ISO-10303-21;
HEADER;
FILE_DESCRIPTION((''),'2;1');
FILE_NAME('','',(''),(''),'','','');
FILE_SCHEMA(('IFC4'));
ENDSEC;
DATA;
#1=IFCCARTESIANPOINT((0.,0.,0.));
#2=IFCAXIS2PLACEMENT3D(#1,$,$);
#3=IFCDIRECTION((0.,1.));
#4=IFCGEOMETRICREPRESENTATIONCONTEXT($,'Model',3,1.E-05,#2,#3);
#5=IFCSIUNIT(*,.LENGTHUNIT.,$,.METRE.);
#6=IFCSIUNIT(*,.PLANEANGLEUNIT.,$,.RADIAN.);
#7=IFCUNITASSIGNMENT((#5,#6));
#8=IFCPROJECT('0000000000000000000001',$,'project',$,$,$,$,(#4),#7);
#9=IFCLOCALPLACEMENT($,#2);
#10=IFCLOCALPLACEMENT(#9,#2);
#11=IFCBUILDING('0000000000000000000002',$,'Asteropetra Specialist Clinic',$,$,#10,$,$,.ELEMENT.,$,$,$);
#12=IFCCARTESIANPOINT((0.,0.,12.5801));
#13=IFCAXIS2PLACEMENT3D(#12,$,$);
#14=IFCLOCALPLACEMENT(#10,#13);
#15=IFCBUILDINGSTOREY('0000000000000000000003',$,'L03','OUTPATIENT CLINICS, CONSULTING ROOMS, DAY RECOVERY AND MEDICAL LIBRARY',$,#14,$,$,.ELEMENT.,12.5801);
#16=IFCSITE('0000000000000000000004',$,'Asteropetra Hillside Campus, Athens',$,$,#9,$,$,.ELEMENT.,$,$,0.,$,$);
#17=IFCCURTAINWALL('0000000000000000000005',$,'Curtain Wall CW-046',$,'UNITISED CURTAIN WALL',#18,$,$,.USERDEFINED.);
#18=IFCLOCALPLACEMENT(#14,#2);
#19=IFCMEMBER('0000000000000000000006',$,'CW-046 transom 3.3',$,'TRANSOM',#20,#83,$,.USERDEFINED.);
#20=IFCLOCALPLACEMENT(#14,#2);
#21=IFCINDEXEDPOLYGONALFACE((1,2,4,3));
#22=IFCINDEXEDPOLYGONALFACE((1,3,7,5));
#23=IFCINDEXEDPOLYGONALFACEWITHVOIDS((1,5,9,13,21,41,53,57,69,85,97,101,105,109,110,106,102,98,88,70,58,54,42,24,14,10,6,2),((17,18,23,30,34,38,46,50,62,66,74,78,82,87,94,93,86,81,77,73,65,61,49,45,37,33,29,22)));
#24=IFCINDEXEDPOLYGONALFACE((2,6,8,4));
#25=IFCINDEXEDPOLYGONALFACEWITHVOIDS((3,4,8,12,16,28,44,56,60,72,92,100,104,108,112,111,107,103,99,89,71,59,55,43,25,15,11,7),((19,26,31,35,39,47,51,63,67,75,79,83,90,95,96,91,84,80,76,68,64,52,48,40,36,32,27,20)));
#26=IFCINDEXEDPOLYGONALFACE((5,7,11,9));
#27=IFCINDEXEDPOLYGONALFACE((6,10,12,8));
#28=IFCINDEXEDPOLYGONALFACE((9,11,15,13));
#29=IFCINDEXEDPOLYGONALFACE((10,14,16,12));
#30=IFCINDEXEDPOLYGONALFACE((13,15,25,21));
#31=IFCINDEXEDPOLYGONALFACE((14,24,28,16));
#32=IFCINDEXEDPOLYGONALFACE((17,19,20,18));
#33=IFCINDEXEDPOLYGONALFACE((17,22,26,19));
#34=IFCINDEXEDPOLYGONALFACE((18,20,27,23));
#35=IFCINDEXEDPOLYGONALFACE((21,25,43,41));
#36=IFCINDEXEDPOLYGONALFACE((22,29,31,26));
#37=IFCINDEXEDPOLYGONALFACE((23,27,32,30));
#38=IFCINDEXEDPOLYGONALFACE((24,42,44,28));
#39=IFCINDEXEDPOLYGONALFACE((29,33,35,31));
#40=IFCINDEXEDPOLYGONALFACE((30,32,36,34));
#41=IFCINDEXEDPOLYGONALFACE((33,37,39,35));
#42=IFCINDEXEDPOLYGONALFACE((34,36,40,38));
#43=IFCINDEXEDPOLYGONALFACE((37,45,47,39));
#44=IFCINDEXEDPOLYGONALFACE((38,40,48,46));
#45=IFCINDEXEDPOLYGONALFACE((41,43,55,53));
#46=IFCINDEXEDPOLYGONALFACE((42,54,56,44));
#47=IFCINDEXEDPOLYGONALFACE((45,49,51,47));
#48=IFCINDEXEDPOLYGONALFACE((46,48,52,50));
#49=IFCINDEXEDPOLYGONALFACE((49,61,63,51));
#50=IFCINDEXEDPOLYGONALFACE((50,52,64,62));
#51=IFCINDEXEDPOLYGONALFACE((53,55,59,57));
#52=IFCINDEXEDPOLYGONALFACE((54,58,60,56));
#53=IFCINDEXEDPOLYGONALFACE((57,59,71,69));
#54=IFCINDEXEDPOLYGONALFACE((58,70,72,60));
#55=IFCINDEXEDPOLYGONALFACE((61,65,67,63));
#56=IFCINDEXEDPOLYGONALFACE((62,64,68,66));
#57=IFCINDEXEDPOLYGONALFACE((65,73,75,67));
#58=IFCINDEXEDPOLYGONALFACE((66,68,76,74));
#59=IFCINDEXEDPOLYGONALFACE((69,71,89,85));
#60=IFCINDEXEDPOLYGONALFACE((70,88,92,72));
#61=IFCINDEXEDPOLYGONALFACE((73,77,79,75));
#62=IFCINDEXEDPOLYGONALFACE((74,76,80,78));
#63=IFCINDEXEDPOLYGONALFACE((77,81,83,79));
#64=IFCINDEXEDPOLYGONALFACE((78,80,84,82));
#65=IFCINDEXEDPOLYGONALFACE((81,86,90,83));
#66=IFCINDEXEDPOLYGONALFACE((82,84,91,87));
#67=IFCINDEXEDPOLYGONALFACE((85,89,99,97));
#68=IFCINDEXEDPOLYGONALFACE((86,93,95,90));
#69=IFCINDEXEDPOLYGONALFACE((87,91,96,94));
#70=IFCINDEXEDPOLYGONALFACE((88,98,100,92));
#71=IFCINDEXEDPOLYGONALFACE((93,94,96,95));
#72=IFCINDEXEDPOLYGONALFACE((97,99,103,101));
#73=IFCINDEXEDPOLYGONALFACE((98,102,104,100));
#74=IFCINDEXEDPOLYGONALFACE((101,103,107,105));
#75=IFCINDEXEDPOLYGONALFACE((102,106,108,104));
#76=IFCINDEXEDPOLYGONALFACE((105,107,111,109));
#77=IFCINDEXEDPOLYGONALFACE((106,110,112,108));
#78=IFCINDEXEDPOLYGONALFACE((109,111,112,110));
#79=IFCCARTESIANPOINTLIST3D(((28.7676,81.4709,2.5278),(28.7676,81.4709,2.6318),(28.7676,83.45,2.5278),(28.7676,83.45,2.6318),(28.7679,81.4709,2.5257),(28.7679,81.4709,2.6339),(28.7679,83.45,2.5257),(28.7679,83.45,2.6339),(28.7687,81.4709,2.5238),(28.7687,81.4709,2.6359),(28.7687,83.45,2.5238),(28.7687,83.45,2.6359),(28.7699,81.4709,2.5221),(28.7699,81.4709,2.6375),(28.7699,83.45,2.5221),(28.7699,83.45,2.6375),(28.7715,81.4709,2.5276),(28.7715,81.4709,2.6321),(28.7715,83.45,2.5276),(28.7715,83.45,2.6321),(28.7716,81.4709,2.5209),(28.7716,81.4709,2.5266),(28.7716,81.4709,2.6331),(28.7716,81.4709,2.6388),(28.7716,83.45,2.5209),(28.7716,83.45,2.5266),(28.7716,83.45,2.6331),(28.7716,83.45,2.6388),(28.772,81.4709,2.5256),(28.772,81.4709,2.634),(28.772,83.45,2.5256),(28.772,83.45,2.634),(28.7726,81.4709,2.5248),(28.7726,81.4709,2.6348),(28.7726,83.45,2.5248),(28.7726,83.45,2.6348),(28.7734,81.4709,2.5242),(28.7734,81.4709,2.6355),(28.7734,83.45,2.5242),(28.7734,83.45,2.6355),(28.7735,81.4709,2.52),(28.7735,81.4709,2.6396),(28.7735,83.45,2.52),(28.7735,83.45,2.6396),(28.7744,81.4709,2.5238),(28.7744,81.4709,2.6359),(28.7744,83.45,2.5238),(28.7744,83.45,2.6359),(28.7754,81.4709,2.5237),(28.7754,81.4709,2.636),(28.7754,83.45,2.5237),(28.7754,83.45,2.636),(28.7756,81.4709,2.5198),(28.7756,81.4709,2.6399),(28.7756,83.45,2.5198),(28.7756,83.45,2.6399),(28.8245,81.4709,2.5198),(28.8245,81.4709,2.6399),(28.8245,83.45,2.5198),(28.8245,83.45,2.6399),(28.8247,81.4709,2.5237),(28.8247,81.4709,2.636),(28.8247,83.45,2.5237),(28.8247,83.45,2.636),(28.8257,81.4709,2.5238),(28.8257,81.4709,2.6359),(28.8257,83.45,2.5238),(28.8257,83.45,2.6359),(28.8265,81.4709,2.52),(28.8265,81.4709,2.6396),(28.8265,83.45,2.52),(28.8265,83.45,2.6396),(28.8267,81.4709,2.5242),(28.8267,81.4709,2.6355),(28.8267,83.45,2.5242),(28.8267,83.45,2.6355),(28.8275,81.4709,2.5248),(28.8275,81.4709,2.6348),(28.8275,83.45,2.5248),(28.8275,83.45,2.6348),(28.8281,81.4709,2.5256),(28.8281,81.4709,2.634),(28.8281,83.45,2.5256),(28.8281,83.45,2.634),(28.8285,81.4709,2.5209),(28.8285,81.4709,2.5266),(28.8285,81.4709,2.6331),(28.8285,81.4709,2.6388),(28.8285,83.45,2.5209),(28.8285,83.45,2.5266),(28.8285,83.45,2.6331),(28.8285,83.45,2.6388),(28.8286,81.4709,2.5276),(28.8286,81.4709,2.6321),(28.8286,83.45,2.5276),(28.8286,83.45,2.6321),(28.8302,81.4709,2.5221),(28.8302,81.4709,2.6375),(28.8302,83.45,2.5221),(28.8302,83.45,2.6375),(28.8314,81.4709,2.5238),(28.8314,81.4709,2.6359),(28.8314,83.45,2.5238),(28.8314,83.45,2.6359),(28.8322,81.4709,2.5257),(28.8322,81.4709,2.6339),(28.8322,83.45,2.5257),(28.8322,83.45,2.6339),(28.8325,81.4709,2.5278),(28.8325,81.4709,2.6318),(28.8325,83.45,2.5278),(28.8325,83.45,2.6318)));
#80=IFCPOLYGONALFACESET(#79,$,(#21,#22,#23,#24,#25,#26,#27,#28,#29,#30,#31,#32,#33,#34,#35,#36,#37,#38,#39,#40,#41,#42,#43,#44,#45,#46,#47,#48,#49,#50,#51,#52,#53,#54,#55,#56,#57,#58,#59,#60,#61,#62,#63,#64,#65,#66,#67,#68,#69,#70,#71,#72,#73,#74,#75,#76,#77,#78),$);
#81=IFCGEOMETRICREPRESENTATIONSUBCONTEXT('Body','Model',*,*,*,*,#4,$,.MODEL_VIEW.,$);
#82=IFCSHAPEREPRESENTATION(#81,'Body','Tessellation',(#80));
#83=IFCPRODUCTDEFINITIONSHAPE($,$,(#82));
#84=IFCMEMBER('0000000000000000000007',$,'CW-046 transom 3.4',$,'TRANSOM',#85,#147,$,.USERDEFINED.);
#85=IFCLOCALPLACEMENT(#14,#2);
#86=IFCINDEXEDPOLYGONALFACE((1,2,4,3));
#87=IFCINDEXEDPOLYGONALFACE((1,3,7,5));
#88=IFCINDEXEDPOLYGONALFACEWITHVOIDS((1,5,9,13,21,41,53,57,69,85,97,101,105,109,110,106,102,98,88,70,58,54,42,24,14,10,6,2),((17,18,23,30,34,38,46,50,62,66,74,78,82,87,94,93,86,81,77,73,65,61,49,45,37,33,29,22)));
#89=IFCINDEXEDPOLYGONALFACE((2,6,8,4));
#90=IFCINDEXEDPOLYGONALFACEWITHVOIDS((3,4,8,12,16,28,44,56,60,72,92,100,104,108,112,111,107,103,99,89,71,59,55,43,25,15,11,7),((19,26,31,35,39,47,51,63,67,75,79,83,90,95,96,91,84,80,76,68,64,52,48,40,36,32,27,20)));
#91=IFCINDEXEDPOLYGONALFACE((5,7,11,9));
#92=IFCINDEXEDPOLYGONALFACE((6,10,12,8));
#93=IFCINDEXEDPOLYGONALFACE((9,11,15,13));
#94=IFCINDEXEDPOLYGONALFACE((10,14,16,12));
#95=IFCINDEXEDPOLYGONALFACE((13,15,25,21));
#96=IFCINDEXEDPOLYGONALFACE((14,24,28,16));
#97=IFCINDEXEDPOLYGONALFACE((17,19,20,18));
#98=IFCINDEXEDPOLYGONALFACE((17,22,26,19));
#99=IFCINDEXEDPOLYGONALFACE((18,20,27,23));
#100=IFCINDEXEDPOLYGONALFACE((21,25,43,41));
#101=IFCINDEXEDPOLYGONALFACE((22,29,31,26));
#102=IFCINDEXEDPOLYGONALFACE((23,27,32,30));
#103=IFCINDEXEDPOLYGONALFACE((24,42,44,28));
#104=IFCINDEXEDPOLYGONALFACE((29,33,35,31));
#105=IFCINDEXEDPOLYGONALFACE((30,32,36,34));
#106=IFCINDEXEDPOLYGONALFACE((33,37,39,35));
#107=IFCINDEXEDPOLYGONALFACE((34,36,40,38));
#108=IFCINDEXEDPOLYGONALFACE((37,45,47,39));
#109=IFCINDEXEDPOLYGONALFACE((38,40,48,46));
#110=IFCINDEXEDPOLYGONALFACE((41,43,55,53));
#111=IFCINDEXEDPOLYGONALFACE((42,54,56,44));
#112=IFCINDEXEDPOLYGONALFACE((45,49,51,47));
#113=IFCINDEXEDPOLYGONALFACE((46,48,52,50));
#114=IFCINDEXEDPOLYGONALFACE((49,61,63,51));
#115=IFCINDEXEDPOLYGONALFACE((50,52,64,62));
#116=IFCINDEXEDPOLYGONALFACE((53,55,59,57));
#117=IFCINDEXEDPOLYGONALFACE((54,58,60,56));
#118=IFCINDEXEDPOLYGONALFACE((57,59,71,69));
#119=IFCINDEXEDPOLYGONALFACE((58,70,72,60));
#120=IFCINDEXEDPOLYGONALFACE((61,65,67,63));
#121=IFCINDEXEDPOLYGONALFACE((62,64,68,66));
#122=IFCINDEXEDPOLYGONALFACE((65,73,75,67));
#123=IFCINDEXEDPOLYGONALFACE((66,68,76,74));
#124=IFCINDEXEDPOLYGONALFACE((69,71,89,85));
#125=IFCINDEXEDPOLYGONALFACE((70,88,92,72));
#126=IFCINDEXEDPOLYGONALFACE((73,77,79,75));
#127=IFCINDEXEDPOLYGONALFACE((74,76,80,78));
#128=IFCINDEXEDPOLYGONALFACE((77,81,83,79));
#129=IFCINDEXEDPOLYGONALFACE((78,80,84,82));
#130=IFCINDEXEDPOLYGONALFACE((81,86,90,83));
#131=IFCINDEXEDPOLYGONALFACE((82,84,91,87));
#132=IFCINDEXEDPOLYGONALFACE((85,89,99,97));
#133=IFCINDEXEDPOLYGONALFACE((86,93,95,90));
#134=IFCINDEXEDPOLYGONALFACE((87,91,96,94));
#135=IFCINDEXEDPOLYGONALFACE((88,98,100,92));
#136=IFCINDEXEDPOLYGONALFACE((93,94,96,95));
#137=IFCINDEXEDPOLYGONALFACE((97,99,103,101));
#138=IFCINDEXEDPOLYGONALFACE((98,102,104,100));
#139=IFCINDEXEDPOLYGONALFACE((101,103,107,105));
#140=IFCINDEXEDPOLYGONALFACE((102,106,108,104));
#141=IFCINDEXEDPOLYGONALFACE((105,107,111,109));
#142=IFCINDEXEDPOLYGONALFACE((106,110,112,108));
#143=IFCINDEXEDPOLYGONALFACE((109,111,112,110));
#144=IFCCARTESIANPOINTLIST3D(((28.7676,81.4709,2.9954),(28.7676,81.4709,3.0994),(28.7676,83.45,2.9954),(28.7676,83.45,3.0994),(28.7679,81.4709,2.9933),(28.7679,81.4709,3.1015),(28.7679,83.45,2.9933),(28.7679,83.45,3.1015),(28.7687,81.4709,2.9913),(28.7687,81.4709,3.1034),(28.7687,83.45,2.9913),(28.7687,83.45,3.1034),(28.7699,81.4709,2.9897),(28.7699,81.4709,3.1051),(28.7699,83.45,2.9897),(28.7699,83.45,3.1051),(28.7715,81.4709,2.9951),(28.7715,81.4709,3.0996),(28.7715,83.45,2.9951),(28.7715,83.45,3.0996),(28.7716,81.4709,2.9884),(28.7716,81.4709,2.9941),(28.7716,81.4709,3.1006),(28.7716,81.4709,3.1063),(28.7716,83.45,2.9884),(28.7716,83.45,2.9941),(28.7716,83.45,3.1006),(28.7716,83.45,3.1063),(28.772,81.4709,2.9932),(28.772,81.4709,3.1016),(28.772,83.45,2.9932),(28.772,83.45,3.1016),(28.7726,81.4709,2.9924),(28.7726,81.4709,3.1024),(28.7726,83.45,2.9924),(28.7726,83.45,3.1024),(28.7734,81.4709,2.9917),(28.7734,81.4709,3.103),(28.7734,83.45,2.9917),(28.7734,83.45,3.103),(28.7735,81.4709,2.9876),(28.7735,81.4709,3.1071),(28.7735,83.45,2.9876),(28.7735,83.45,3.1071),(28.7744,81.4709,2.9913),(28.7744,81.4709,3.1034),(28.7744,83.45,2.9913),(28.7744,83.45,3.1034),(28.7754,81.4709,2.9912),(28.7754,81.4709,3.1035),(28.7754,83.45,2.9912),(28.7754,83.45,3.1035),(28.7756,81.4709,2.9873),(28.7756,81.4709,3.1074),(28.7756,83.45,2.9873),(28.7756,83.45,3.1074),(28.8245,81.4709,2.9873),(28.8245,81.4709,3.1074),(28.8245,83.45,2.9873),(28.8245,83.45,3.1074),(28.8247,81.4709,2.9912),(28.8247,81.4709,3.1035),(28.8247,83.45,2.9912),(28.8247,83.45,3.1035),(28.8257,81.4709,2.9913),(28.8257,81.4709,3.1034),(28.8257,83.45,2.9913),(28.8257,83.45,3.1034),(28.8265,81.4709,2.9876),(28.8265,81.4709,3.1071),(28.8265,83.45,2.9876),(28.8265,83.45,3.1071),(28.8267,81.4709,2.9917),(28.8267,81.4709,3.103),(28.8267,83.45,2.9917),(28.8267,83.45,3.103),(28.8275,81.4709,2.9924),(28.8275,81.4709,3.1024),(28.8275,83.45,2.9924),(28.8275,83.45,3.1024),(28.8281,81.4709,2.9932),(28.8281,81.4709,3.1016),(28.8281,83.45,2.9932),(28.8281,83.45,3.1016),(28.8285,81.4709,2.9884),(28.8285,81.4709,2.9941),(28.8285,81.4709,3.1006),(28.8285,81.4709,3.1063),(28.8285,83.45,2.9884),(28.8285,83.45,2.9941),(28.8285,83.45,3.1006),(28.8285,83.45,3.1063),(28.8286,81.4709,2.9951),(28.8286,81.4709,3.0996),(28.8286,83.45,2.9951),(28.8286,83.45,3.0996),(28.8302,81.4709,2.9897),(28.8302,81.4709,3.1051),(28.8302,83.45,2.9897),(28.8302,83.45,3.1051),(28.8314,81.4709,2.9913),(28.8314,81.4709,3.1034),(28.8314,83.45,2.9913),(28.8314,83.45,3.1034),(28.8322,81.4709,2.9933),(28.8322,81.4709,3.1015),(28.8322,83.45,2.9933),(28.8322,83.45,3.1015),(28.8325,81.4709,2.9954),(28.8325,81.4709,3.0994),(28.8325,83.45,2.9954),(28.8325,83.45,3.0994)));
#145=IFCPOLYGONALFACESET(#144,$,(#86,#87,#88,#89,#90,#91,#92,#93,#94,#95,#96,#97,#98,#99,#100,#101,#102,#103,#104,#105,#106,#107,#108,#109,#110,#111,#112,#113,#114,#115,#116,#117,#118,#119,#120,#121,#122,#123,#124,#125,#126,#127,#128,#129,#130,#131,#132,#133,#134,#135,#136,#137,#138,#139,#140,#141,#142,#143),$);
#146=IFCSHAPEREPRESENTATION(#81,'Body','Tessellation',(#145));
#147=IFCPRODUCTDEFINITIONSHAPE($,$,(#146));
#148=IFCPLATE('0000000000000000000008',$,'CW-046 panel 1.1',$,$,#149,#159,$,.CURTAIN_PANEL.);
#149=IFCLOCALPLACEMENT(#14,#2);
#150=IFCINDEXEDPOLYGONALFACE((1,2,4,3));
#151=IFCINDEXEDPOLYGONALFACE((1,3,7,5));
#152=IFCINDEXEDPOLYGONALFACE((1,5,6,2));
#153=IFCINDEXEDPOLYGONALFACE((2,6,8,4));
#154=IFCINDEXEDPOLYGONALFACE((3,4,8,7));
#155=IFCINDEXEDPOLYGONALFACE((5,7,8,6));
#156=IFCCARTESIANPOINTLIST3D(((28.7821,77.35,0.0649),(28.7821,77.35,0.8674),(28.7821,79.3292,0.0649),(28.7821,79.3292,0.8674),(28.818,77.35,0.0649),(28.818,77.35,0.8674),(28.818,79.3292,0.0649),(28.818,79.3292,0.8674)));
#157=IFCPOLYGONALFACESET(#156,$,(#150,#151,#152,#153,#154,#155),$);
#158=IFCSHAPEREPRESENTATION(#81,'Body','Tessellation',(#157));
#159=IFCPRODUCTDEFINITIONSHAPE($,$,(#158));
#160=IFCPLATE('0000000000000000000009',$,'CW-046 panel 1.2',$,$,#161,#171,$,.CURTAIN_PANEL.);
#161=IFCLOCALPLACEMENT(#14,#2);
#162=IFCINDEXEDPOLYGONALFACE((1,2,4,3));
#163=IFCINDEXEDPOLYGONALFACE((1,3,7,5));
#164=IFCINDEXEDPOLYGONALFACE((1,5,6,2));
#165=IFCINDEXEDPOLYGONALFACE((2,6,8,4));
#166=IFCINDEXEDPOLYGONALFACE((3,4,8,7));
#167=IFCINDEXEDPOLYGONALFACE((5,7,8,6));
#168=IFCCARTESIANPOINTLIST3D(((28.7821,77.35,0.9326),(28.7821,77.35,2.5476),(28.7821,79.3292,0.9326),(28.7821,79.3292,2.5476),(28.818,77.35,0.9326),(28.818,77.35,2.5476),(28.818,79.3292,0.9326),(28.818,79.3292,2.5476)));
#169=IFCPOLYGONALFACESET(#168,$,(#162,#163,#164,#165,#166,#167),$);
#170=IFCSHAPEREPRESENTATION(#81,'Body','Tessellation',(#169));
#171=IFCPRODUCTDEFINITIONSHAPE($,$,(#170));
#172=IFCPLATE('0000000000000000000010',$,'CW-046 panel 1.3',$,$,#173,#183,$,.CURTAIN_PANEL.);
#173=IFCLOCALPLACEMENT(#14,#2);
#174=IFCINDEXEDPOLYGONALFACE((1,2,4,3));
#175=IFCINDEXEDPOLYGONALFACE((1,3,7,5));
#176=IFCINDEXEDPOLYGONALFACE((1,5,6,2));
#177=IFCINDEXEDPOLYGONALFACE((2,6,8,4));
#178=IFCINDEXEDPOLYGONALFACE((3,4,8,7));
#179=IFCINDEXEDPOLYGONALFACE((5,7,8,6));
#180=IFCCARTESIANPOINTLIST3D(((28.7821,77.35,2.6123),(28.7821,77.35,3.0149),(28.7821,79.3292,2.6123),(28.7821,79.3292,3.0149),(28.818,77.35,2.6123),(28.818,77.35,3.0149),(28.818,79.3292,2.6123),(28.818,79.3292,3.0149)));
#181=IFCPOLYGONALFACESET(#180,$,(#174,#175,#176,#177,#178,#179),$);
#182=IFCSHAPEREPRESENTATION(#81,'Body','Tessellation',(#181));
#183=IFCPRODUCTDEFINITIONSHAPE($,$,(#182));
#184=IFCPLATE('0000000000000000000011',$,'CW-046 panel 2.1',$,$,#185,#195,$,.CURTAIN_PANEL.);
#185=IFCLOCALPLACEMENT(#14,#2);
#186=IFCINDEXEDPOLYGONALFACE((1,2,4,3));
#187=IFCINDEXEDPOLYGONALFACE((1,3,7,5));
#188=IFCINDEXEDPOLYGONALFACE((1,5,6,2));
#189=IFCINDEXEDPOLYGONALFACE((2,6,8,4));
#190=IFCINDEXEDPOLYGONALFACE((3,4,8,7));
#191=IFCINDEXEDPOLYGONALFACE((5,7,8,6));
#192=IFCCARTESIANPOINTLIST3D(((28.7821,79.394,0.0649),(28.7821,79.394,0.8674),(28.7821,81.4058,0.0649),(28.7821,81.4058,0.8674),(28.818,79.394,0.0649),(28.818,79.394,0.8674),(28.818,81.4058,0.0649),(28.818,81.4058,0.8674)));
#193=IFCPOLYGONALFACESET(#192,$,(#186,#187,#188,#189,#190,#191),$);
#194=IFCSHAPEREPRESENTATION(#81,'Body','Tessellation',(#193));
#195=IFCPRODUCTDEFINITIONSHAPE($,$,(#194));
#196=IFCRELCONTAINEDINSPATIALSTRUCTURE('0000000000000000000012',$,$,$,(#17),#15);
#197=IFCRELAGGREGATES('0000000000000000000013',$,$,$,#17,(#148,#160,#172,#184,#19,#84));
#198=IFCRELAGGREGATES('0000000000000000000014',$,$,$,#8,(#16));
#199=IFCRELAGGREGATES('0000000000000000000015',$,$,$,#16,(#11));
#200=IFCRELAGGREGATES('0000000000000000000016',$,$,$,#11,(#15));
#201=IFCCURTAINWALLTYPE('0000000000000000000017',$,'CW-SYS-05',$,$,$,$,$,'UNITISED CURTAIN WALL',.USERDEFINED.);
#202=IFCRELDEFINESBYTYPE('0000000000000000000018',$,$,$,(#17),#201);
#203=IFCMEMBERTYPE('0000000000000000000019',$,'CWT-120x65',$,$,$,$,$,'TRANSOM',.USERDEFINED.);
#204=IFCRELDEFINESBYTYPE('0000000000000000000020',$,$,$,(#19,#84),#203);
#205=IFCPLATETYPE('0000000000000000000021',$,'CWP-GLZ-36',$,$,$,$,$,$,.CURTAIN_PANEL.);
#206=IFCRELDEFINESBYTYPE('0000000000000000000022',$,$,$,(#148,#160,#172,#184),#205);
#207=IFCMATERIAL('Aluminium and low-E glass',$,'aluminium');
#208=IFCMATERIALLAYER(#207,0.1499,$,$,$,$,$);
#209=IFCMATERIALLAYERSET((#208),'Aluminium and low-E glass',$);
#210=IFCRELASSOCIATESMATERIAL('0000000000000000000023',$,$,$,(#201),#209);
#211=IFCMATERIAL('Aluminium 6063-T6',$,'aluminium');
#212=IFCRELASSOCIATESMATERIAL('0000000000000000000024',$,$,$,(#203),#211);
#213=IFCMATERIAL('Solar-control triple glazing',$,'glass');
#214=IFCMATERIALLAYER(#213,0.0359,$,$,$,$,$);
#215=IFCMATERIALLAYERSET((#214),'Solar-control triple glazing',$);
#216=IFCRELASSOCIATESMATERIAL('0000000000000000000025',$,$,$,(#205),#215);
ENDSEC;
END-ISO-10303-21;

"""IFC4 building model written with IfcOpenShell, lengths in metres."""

from ifc_helpers import new_model, si_unit, direction, frame, origin, origin_2d, place, context, subcontext, project, spatial, rectangle, hollow_rectangle, extrude, material, layer, layer_set, material_profile, profile_set, type_object, element, aggregate, save


model = new_model("IFC4")

# Units and contexts
model_context = context("Model", 3, precision=1e-05, world=origin(), true_north=direction((0.0, 1.0)))
body_context = subcontext(model_context, "Body", "Model", "MODEL_VIEW")
ifc_project = project(units=[si_unit("LENGTHUNIT", "METRE"), si_unit("PLANEANGLEUNIT", "RADIAN")], contexts=[model_context])

# Site, building, storey
site_placement = place(None, origin())
site = spatial("IfcSite", under=ifc_project, at=site_placement, Name="Asteropetra Hillside Campus, Athens", CompositionType="ELEMENT", RefElevation=0.0)
building_placement = place(site_placement, origin())
building = spatial("IfcBuilding", under=site, at=building_placement, Name="Asteropetra Specialist Clinic", CompositionType="ELEMENT")
storey_placement = place(building_placement, frame((0.0, 0.0, 12.5801)))
storey = spatial("IfcBuildingStorey", under=building, at=storey_placement, Name="L03", Description="OUTPATIENT CLINICS, CONSULTING ROOMS, DAY RECOVERY AND MEDICAL LIBRARY", CompositionType="ELEMENT", Elevation=12.5801)

# Curtain wall, members, plates
ifc_material_1 = material(Name="Aluminium and low-E glass", Category="aluminium")
ifc_layer_1 = layer(ifc_material_1, 0.1499)
ifc_layer_set_1 = layer_set([ifc_layer_1], Name="Aluminium and low-E glass")
curtain_wall_type = type_object("IfcCurtainWallType", Name="CW-SYS-05", ElementType="UNITISED CURTAIN WALL", PredefinedType="USERDEFINED", material=ifc_layer_set_1)
curtain_wall_placement = place(storey_placement, origin())
curtain_wall = element("IfcCurtainWall", 1, at=curtain_wall_placement, inside=storey, type_object=curtain_wall_type, Name="Curtain Wall CW-046", ObjectType="UNITISED CURTAIN WALL", PredefinedType="USERDEFINED")
ifc_material_2 = material(Name="Aluminium 6063-T6", Category="aluminium")
ifc_material_profile_1 = material_profile(ifc_material_2, hollow_rectangle(XDim=0.0649, YDim=0.1201, WallThickness=0.0039, InnerFilletRadius=0.0039, OuterFilletRadius=0.0081, at=origin_2d()), Name="TRN 120x65x4.0")
ifc_profile_set_1 = profile_set([ifc_material_profile_1], Name="Aluminium 6063-T6")
member_type_1 = type_object("IfcMemberType", Name="CWT-120x65", ElementType="TRANSOM", PredefinedType="USERDEFINED", material=ifc_profile_set_1)
member_1_placement = place(storey_placement, frame((28.8, 81.4709, 2.5798), z_axis=(0.0, 1.0, 0.0), x_axis=(-1.0, 0.0, 0.0)))
member_1 = element("IfcMember", 2, at=member_1_placement, type_object=member_type_1, Name="CW-046 transom 3.3", ObjectType="TRANSOM", PredefinedType="USERDEFINED", context=body_context, shape_type="SweptSolid", body=[
    extrude(hollow_rectangle(XDim=0.0649, YDim=0.1201, WallThickness=0.0039, InnerFilletRadius=0.0039, OuterFilletRadius=0.0081, at=origin_2d()), origin(), (0.0, 0.0, 1.0), 1.979),
])
member_2_placement = place(storey_placement, frame((28.8, 81.4709, 3.0474), z_axis=(0.0, 1.0, 0.0), x_axis=(-1.0, 0.0, 0.0)))
member_2 = element("IfcMember", 3, at=member_2_placement, type_object=member_type_1, Name="CW-046 transom 3.4", ObjectType="TRANSOM", PredefinedType="USERDEFINED", context=body_context, shape_type="SweptSolid", body=[
    extrude(hollow_rectangle(XDim=0.0649, YDim=0.1201, WallThickness=0.0039, InnerFilletRadius=0.0039, OuterFilletRadius=0.0081, at=origin_2d()), origin(), (0.0, 0.0, 1.0), 1.979),
])
ifc_material_3 = material(Name="Solar-control triple glazing", Category="glass")
ifc_layer_2 = layer(ifc_material_3, 0.0359)
ifc_layer_set_2 = layer_set([ifc_layer_2], Name="Solar-control triple glazing")
plate_type = type_object("IfcPlateType", Name="CWP-GLZ-36", PredefinedType="CURTAIN_PANEL", material=ifc_layer_set_2)
plate_1_placement = place(storey_placement, frame((28.8, 78.3396, 0.0649), z_axis=(0.0, 0.0, 1.0), x_axis=(0.0, 1.0, 0.0)))
plate_1 = element("IfcPlate", 4, at=plate_1_placement, type_object=plate_type, Name="CW-046 panel 1.1", PredefinedType="CURTAIN_PANEL", context=body_context, shape_type="SweptSolid", body=[
    extrude(rectangle(XDim=1.9792, YDim=0.0359, at=origin_2d()), origin(), (0.0, 0.0, 1.0), 0.8025),
])
plate_2_placement = place(storey_placement, frame((28.8, 78.3396, 0.9326), z_axis=(0.0, 0.0, 1.0), x_axis=(0.0, 1.0, 0.0)))
plate_2 = element("IfcPlate", 5, at=plate_2_placement, type_object=plate_type, Name="CW-046 panel 1.2", PredefinedType="CURTAIN_PANEL", context=body_context, shape_type="SweptSolid", body=[
    extrude(rectangle(XDim=1.9792, YDim=0.0359, at=origin_2d()), origin(), (0.0, 0.0, 1.0), 1.615),
])
plate_3_placement = place(storey_placement, frame((28.8, 78.3396, 2.6123), z_axis=(0.0, 0.0, 1.0), x_axis=(0.0, 1.0, 0.0)))
plate_3 = element("IfcPlate", 6, at=plate_3_placement, type_object=plate_type, Name="CW-046 panel 1.3", PredefinedType="CURTAIN_PANEL", context=body_context, shape_type="SweptSolid", body=[
    extrude(rectangle(XDim=1.9792, YDim=0.0359, at=origin_2d()), origin(), (0.0, 0.0, 1.0), 0.4026),
])
plate_4_placement = place(storey_placement, frame((28.8, 80.3999, 0.0649), z_axis=(0.0, 0.0, 1.0), x_axis=(0.0, 1.0, 0.0)))
plate_4 = element("IfcPlate", 7, at=plate_4_placement, type_object=plate_type, Name="CW-046 panel 2.1", PredefinedType="CURTAIN_PANEL", context=body_context, shape_type="SweptSolid", body=[
    extrude(rectangle(XDim=2.0117, YDim=0.0359, at=origin_2d()), origin(), (0.0, 0.0, 1.0), 0.8025),
])
aggregate(curtain_wall, [plate_1, plate_2, plate_3, plate_4, member_1, member_2])

save(model, "model.ifc")
